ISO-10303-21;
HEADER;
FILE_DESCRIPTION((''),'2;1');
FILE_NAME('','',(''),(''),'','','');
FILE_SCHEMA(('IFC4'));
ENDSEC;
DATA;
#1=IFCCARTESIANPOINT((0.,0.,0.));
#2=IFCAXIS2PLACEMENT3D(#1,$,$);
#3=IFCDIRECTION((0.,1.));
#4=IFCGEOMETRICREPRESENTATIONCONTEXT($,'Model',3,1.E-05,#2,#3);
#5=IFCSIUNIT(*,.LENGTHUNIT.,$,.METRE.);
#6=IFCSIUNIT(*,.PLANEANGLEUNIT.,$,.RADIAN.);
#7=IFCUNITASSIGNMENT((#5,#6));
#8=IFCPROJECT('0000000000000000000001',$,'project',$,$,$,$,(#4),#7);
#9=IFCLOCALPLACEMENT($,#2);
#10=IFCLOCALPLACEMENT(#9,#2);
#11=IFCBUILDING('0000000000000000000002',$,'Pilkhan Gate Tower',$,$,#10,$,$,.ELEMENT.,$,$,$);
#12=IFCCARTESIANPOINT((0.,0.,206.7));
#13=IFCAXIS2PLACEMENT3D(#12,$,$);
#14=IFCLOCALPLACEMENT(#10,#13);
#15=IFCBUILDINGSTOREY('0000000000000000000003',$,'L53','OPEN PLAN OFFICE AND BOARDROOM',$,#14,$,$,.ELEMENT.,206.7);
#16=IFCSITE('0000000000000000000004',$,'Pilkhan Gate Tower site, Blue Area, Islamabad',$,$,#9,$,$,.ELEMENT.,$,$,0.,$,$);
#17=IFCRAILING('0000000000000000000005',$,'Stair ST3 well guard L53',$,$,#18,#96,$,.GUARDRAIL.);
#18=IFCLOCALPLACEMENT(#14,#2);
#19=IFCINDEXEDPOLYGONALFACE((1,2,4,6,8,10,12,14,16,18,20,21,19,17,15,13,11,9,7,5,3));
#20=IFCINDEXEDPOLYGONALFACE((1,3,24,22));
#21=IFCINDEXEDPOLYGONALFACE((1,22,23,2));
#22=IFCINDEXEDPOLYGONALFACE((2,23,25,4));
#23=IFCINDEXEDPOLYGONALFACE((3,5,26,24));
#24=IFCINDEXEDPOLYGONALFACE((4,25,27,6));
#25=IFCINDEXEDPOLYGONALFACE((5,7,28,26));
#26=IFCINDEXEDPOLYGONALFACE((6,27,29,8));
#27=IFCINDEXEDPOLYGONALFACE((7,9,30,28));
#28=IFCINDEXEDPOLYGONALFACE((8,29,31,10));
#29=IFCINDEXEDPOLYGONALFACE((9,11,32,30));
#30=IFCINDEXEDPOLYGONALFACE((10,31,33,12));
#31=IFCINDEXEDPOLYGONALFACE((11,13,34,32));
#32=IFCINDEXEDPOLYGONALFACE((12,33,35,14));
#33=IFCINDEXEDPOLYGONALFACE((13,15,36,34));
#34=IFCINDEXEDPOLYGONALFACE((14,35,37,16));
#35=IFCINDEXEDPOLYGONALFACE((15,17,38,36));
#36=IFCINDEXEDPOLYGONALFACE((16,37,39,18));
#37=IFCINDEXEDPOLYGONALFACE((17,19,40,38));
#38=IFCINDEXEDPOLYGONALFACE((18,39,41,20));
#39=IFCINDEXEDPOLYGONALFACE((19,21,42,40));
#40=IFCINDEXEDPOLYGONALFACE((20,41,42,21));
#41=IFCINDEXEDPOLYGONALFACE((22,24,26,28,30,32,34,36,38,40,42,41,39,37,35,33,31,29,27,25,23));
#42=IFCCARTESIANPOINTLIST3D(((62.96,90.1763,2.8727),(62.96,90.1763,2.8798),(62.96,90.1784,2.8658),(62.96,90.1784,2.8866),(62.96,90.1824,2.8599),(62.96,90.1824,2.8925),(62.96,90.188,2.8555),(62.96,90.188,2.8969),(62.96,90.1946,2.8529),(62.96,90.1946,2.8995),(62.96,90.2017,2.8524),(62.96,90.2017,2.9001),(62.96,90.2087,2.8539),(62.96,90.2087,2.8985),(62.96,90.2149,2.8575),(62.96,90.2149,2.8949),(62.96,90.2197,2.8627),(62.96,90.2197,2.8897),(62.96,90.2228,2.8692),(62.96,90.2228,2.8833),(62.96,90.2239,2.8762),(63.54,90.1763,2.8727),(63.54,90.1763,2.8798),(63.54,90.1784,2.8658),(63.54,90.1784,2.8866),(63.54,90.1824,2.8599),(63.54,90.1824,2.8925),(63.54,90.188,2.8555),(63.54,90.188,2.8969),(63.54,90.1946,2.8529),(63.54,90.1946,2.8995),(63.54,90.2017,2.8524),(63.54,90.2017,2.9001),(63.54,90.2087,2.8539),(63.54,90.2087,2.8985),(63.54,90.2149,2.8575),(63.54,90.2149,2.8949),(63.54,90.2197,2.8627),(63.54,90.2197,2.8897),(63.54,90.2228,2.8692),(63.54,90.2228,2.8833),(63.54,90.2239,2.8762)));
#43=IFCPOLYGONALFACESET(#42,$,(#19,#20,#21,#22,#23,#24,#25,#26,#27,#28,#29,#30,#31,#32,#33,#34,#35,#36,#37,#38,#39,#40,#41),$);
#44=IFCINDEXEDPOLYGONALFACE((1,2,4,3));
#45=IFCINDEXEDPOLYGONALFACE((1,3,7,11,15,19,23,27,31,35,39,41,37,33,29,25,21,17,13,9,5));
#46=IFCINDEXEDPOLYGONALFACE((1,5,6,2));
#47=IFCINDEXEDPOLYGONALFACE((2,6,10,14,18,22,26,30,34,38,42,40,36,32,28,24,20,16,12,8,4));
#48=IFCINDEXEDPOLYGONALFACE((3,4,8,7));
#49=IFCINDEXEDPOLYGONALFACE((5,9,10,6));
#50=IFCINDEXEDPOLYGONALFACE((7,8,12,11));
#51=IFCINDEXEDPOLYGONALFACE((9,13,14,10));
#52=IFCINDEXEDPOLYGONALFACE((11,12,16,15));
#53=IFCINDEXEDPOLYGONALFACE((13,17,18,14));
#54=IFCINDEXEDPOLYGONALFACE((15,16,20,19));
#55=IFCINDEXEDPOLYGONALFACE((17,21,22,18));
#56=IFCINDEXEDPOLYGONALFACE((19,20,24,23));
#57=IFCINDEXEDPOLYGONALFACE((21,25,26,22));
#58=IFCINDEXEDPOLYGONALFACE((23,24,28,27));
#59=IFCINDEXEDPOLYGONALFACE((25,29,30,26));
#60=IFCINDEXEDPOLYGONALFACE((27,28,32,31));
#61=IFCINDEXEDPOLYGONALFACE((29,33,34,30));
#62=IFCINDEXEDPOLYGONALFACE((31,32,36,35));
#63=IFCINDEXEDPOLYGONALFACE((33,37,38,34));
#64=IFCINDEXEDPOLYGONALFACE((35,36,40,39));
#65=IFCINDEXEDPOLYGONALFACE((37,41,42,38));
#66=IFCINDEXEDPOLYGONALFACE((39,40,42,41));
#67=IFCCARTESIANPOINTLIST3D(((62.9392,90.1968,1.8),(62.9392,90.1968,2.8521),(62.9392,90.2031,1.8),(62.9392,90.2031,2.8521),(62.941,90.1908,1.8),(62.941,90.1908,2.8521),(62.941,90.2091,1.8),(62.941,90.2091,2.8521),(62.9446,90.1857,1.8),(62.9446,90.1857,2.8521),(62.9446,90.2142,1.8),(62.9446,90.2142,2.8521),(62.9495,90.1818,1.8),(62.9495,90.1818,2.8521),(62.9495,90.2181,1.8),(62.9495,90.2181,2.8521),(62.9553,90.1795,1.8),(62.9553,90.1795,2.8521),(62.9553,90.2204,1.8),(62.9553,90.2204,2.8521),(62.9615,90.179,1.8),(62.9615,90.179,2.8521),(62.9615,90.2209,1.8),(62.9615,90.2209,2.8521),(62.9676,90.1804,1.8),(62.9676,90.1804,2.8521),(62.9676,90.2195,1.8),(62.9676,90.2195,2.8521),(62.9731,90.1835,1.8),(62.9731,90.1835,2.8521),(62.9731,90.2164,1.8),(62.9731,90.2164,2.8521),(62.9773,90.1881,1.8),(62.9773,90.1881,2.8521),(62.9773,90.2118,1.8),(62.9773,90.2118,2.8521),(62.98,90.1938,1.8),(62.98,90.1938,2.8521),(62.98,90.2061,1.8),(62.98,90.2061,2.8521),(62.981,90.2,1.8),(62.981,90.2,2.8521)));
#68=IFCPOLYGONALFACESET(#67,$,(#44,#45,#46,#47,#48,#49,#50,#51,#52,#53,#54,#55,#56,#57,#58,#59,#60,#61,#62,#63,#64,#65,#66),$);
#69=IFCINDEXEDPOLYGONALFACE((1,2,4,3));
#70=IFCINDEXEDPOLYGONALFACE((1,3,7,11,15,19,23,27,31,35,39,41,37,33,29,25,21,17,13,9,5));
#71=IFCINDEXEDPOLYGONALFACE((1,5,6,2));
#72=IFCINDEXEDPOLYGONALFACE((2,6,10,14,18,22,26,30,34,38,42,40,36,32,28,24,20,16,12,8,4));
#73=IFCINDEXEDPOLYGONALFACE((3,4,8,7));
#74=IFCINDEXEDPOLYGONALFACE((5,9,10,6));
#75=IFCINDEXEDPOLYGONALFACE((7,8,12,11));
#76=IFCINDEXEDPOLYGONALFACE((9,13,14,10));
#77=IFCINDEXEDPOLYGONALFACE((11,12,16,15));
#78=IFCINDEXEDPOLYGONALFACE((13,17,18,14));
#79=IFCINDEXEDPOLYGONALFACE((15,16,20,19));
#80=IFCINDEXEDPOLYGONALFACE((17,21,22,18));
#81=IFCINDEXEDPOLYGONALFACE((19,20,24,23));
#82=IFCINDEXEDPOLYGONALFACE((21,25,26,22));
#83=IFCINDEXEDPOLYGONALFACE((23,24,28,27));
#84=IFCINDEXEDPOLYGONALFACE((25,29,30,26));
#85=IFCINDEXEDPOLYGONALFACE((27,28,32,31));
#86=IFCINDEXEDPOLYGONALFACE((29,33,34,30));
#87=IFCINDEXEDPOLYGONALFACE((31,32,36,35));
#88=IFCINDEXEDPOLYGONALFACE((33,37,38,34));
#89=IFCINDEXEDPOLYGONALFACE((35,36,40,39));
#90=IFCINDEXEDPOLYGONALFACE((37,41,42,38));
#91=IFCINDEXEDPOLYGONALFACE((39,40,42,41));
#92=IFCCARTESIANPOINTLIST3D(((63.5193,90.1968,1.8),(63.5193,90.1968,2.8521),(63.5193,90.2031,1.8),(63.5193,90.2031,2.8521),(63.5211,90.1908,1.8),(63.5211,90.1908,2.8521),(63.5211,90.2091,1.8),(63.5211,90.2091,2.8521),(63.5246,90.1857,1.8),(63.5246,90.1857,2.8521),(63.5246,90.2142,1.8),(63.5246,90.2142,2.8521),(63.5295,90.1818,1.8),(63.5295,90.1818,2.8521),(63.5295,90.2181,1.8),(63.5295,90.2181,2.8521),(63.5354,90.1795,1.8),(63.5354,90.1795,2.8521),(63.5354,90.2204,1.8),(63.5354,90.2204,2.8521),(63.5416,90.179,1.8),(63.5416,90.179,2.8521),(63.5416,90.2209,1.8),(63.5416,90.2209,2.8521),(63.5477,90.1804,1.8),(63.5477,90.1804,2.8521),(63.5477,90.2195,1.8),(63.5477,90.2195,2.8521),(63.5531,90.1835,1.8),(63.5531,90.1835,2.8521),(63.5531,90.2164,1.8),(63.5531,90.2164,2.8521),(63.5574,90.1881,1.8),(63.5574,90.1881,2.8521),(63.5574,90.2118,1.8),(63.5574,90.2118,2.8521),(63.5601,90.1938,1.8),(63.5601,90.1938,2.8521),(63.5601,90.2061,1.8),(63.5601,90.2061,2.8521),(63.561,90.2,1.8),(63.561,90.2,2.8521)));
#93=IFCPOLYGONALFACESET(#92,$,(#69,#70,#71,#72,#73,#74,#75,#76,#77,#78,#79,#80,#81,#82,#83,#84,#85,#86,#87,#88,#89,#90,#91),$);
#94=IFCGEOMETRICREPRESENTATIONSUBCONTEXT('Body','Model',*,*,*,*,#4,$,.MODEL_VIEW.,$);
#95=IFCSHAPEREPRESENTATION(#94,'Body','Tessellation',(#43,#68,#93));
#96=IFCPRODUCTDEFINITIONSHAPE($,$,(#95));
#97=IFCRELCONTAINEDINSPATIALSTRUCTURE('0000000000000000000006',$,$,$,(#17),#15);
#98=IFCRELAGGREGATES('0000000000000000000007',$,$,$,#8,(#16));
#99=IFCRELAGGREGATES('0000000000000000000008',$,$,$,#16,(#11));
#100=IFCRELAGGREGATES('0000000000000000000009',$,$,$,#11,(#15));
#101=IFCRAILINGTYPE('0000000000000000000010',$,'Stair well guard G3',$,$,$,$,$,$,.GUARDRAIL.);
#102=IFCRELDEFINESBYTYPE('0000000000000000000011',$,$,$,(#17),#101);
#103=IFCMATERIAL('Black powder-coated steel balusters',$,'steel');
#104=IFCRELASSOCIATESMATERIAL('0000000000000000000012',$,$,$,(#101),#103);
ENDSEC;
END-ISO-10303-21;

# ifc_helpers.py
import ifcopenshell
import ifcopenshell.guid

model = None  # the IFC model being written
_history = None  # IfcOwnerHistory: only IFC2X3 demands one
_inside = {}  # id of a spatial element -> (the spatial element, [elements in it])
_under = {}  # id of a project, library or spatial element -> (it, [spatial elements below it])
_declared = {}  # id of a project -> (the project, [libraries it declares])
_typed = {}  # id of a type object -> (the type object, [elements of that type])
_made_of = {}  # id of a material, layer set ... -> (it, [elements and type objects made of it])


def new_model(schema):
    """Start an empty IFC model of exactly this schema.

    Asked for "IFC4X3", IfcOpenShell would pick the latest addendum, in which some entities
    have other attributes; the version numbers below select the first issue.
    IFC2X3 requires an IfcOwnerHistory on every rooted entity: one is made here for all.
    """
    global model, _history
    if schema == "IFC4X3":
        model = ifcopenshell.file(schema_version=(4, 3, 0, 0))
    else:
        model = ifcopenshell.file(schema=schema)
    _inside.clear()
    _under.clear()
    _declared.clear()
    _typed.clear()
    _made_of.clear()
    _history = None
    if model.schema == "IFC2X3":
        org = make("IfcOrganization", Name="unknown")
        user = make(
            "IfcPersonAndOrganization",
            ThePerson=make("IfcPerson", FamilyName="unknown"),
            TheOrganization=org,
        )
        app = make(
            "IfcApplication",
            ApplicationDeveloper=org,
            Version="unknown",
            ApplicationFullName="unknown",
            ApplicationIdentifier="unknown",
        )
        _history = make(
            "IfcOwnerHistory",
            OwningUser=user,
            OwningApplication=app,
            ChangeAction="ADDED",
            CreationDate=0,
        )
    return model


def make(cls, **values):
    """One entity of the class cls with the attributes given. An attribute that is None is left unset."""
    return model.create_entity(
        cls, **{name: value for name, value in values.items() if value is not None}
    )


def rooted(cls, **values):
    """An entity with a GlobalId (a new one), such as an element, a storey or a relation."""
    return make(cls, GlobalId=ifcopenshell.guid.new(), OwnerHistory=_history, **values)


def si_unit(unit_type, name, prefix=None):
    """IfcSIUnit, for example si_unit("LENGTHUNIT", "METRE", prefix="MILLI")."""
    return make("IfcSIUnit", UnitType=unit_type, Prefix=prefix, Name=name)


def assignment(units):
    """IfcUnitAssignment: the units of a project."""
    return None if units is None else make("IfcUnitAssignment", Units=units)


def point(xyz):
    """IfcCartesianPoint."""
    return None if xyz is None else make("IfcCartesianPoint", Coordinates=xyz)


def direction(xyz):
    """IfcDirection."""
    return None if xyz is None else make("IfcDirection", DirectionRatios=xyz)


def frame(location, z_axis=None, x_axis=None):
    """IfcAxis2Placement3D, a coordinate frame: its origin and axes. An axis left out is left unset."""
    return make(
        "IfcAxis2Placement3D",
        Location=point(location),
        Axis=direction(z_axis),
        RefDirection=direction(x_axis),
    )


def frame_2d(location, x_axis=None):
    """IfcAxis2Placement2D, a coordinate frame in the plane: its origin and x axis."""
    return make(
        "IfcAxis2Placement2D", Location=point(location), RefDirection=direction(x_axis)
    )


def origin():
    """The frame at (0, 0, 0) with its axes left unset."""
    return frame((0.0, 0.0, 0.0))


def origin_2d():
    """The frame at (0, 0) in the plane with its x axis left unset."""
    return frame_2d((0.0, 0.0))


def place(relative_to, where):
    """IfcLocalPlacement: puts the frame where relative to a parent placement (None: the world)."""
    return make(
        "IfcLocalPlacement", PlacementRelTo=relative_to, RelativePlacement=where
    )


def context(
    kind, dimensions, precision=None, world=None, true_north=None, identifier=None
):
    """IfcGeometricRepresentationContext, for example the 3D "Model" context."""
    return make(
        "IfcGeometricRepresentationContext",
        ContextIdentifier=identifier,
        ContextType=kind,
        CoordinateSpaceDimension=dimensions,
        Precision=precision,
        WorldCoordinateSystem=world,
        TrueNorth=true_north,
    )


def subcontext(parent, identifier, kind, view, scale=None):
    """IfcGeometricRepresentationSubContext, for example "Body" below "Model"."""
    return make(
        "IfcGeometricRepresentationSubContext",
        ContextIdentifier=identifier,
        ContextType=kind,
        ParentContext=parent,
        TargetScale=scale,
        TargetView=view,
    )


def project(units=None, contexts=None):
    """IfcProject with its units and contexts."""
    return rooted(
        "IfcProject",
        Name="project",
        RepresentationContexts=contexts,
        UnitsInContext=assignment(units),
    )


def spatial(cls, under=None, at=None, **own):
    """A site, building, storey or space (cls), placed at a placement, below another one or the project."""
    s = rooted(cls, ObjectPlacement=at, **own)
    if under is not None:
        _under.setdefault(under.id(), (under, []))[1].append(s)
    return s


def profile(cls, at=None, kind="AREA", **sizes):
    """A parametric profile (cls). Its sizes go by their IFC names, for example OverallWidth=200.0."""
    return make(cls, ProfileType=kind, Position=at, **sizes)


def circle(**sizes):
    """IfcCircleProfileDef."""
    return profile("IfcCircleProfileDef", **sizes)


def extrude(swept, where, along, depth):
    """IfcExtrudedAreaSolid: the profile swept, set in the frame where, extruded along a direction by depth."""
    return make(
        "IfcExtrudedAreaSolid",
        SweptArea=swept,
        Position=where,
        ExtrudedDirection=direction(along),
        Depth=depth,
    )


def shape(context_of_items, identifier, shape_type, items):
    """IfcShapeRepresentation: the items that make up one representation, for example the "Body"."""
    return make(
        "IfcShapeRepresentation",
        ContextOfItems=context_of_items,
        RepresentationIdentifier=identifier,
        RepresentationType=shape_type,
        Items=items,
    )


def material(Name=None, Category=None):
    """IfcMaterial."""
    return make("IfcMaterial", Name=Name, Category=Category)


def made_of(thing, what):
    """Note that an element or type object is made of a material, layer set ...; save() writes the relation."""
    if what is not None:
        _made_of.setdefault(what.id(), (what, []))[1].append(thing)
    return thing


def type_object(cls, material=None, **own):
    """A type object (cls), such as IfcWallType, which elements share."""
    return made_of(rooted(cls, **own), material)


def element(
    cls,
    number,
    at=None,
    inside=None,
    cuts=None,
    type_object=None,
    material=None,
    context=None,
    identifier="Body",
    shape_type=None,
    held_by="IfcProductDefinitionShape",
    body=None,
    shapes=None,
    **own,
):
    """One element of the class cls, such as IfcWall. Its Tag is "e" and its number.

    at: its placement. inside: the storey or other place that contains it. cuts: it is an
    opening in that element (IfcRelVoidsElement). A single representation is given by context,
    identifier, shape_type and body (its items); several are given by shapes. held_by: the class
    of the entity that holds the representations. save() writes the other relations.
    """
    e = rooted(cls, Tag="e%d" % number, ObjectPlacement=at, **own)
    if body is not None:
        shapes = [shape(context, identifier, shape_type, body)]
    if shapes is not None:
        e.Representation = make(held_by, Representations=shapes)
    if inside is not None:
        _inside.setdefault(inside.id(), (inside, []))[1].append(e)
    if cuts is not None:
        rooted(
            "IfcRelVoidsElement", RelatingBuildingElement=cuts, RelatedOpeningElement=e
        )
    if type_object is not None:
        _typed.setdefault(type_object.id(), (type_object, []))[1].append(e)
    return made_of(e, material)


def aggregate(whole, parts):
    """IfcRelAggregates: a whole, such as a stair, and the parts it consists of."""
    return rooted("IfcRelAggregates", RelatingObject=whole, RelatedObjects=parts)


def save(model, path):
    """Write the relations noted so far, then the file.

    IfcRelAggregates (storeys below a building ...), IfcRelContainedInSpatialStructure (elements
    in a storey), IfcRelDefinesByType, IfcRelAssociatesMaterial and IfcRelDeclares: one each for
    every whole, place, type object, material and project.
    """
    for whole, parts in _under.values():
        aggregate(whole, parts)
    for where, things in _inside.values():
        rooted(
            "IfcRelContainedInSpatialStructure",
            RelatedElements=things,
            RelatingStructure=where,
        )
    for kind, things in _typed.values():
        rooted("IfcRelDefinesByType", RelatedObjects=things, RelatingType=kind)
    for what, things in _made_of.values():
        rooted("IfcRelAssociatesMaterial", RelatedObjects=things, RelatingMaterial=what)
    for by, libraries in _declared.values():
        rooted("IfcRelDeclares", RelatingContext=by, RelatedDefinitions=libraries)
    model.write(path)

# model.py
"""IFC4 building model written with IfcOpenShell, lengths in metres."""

from ifc_helpers import new_model, si_unit, direction, frame, origin, origin_2d, place, context, subcontext, project, spatial, circle, extrude, material, type_object, element, save


model = new_model("IFC4")

# Units and contexts
model_context = context("Model", 3, precision=1e-05, world=origin(), true_north=direction((0.0, 1.0)))
body_context = subcontext(model_context, "Body", "Model", "MODEL_VIEW")
ifc_project = project(units=[si_unit("LENGTHUNIT", "METRE"), si_unit("PLANEANGLEUNIT", "RADIAN")], contexts=[model_context])

# Site, building, storey
site_placement = place(None, origin())
site = spatial("IfcSite", under=ifc_project, at=site_placement, Name="Pilkhan Gate Tower site, Blue Area, Islamabad", CompositionType="ELEMENT", RefElevation=0.0)
building_placement = place(site_placement, origin())
building = spatial("IfcBuilding", under=site, at=building_placement, Name="Pilkhan Gate Tower", CompositionType="ELEMENT")
storey_placement = place(building_placement, frame((0.0, 0.0, 206.7)))
storey = spatial("IfcBuildingStorey", under=building, at=storey_placement, Name="L53", Description="OPEN PLAN OFFICE AND BOARDROOM", CompositionType="ELEMENT", Elevation=206.7)

# Railing
ifc_material_1 = material(Name="Black powder-coated steel balusters", Category="steel")
railing_type_1 = type_object("IfcRailingType", Name="Stair well guard G3", PredefinedType="GUARDRAIL", material=ifc_material_1)
for number, where, name in (
    (1, (62.96, 90.2, 1.8), "Stair ST3 well guard L53"),
):
    element("IfcRailing", number, at=place(storey_placement, frame(where)), inside=storey, type_object=railing_type_1, Name=name, PredefinedType="GUARDRAIL", context=body_context, shape_type="SweptSolid", body=[
        extrude(circle(Radius=0.0239, at=origin_2d()), frame((0.0, 0.0, 1.0762), z_axis=(1.0, 0.0, 0.0), x_axis=(0.0, 1.0, 0.0)), (0.0, 0.0, 1.0), 0.5801),
        extrude(circle(Radius=0.021, at=origin_2d()), origin(), (0.0, 0.0, 1.0), 1.052),
        extrude(circle(Radius=0.021, at=origin_2d()), frame((0.5801, 0.0, 0.0)), (0.0, 0.0, 1.0), 1.052),
    ])

save(model, "model.ifc")
